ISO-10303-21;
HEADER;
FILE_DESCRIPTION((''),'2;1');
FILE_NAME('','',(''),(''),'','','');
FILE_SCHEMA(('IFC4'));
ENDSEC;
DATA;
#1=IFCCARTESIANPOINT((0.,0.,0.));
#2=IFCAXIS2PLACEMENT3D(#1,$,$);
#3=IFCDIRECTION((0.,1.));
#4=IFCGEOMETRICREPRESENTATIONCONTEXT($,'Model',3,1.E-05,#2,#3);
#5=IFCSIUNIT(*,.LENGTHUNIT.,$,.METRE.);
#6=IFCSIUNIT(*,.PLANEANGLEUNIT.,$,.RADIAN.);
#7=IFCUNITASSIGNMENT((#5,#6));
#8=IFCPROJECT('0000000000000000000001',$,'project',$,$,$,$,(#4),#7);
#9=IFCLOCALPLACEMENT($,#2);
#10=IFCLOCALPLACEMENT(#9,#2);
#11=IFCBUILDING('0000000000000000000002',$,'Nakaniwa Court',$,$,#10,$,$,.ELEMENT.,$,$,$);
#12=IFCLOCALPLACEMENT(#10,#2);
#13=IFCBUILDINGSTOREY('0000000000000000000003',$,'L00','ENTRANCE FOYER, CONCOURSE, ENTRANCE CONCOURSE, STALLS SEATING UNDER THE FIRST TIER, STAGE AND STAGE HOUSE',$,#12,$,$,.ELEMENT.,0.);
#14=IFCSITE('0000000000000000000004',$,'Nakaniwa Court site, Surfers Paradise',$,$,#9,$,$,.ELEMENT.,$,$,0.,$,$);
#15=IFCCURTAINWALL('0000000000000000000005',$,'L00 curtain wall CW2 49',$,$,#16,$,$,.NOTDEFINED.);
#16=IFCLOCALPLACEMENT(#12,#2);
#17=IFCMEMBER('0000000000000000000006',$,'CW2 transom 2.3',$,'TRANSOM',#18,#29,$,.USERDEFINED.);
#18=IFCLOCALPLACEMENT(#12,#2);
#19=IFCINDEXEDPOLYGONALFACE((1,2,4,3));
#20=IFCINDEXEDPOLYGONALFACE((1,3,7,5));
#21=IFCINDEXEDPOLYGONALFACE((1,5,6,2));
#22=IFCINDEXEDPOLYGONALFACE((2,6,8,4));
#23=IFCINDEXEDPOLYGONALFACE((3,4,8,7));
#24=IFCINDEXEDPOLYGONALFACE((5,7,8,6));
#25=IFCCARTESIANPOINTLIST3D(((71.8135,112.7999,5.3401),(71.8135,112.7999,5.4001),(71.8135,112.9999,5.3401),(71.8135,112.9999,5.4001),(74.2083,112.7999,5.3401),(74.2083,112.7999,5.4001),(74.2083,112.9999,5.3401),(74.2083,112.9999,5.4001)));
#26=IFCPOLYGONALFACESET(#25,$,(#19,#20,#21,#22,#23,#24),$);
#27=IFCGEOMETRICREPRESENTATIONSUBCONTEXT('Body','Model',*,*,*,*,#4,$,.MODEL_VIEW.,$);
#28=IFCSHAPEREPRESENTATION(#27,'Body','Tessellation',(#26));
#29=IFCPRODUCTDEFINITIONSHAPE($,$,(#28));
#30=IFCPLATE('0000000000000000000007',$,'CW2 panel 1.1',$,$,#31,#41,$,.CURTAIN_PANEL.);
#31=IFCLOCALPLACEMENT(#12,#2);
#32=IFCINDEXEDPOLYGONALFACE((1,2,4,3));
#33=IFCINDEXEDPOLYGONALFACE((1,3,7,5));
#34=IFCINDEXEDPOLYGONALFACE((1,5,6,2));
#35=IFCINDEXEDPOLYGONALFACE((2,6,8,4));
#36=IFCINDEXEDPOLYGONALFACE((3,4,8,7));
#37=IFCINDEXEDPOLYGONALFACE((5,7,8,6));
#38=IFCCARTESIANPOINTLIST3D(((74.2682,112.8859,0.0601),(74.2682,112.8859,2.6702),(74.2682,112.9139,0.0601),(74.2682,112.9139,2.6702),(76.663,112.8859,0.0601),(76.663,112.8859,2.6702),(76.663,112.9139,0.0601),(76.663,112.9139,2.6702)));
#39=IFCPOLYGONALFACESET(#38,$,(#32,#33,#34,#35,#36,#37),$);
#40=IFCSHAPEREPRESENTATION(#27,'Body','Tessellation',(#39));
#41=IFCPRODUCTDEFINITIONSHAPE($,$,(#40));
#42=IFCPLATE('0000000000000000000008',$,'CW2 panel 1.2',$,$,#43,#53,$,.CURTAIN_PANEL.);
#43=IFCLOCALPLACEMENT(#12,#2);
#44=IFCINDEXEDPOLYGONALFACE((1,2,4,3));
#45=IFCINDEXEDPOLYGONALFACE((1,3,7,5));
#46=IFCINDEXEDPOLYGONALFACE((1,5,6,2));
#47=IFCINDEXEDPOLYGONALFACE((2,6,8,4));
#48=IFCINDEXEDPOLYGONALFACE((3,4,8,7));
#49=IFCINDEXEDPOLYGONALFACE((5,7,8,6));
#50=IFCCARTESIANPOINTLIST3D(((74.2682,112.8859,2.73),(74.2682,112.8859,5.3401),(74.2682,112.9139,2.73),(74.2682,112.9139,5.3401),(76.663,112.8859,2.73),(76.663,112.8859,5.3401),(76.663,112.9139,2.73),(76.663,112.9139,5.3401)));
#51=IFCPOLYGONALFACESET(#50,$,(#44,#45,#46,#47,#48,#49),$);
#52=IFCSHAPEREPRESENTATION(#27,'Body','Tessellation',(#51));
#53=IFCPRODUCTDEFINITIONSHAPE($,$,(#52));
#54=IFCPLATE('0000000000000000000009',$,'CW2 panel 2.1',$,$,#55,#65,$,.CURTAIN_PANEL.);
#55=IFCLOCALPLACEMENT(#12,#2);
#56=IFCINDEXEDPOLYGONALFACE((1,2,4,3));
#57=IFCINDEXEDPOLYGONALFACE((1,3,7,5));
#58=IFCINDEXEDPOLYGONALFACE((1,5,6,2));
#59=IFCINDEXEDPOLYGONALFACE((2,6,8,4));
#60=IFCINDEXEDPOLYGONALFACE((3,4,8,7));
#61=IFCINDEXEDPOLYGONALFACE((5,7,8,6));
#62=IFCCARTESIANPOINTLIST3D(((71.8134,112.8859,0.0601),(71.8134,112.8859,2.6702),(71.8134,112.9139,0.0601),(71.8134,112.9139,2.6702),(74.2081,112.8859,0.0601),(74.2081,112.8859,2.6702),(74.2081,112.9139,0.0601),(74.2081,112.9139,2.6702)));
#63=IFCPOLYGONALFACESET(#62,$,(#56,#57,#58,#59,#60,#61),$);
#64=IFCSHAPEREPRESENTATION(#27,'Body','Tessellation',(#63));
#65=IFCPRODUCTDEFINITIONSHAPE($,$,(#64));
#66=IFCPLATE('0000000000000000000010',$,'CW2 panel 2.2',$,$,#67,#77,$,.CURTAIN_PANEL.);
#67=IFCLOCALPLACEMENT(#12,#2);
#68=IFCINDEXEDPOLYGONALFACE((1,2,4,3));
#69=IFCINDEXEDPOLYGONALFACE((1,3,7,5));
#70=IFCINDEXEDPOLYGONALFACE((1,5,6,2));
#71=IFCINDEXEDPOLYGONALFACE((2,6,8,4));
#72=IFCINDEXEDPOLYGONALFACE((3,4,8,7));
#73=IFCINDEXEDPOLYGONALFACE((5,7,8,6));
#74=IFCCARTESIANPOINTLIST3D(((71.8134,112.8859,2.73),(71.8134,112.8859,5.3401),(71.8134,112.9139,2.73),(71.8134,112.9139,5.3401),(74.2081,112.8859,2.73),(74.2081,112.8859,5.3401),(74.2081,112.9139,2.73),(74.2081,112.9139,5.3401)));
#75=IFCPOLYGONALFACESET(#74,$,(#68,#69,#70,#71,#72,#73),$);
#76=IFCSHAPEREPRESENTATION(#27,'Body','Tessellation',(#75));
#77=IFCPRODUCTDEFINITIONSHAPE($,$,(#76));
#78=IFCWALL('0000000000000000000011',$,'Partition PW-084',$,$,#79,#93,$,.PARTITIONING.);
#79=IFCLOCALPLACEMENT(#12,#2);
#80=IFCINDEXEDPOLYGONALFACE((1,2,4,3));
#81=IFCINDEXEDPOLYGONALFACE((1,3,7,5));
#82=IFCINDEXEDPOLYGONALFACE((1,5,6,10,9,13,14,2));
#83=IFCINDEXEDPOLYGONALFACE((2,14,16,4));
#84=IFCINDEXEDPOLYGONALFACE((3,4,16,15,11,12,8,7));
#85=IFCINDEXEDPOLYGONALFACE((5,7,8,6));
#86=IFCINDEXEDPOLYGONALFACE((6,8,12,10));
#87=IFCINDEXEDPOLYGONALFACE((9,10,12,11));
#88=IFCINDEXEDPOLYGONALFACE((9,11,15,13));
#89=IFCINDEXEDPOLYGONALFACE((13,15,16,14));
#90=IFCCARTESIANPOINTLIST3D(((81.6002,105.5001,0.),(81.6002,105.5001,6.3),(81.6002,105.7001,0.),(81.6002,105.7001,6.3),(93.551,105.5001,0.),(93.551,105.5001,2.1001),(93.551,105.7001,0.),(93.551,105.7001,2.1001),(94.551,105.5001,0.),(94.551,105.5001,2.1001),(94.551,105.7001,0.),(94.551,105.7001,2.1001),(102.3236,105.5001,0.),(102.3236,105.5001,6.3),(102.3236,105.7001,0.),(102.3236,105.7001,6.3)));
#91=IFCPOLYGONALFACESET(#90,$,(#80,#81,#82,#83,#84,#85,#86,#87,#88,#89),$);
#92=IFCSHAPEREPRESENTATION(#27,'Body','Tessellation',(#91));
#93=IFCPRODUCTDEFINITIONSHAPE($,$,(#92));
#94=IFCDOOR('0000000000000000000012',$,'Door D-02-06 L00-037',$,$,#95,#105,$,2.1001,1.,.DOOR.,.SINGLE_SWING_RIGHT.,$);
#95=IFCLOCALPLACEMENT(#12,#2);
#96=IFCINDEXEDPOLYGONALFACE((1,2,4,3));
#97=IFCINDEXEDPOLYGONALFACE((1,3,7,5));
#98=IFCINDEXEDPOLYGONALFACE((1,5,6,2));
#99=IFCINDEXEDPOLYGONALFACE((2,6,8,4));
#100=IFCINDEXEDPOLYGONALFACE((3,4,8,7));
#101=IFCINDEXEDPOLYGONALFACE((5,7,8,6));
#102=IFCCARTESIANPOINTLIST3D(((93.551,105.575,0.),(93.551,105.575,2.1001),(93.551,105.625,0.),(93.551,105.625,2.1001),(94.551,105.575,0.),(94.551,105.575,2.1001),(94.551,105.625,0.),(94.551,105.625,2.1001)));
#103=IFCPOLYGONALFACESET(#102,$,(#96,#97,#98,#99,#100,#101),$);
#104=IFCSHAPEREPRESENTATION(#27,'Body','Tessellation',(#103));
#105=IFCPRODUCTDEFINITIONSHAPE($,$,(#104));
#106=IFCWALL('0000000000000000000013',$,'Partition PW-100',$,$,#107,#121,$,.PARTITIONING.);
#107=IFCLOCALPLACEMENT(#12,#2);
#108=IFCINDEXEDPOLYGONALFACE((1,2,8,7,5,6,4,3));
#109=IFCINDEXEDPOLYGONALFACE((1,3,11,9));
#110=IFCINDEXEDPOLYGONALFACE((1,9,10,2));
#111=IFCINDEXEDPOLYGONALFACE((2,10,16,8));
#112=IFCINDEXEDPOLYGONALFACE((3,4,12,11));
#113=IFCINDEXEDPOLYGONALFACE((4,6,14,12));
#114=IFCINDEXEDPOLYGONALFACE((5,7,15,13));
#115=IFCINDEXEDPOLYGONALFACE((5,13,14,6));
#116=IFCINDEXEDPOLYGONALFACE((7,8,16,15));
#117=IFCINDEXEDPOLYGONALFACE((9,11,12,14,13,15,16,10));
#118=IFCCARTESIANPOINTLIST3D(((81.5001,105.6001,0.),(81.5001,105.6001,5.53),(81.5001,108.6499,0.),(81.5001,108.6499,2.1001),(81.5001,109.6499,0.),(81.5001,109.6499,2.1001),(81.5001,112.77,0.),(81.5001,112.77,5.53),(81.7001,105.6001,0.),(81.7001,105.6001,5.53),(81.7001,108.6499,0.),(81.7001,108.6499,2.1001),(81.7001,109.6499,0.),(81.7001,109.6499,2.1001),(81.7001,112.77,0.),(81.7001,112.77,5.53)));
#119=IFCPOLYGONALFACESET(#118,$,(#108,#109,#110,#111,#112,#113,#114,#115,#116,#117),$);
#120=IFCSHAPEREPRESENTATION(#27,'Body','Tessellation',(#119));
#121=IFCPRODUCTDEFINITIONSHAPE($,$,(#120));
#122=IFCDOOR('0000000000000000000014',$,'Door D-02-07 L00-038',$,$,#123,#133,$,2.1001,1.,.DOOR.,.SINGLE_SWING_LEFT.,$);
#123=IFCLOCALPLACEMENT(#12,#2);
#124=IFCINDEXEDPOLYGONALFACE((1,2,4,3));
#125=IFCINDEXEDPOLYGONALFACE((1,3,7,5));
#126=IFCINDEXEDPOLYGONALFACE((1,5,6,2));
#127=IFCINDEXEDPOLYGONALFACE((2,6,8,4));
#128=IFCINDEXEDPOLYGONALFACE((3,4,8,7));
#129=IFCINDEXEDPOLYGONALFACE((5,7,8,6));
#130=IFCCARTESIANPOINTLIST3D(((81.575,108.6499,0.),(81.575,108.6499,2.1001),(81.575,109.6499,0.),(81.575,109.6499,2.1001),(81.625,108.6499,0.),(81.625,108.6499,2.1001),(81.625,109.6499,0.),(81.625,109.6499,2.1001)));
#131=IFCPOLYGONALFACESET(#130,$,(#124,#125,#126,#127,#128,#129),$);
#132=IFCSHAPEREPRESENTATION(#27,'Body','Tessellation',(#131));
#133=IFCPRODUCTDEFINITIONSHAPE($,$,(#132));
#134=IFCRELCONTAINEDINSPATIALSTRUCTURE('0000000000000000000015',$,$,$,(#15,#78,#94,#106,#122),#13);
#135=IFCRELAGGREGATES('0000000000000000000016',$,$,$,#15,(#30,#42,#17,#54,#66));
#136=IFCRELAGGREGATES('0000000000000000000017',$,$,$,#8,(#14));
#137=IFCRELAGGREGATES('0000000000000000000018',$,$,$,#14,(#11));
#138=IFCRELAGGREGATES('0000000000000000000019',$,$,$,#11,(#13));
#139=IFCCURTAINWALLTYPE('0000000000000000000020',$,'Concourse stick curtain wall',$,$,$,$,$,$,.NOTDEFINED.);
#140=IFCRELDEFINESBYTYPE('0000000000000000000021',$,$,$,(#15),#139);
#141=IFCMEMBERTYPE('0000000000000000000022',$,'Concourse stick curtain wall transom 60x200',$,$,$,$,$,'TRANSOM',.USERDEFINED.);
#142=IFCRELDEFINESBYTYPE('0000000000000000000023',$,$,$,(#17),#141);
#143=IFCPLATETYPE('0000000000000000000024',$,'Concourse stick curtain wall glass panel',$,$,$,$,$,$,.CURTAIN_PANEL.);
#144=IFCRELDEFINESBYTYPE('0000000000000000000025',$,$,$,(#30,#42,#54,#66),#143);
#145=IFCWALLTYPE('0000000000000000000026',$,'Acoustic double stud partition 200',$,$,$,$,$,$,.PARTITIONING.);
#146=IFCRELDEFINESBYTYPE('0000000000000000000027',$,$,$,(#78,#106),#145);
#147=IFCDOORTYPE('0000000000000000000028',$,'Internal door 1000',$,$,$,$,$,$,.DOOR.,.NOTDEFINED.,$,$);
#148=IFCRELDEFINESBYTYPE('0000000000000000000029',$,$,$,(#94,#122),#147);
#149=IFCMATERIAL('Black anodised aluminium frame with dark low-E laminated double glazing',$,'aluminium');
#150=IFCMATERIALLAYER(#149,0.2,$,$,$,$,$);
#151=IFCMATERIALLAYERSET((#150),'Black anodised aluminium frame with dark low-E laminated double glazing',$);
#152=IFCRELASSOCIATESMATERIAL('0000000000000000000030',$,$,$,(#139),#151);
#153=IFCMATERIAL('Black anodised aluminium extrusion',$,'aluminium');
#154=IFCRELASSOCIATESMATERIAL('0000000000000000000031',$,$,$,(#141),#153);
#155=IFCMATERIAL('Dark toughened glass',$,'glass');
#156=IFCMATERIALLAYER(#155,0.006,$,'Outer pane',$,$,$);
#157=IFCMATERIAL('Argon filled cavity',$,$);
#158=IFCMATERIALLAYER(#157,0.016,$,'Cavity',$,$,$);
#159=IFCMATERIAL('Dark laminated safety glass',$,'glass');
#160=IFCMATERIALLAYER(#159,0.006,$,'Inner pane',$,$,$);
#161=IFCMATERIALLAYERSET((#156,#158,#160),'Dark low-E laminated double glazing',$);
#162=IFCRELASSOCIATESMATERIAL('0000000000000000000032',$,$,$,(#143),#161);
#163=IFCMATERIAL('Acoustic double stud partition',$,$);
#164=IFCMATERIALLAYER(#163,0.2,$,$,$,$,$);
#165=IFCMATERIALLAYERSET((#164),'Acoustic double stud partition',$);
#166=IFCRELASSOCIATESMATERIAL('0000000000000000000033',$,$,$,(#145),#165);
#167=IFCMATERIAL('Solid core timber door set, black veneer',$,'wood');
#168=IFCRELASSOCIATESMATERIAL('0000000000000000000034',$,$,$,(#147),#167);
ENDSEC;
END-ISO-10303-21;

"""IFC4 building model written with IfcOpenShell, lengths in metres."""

from ifc_helpers import new_model, si_unit, direction, frame, frame_2d, origin, origin_2d, place, context, subcontext, project, spatial, rectangle, extrude, material, layer, layer_set, material_profile, profile_set, type_object, element, fill, aggregate, save


model = new_model("IFC4")

# Units and contexts
model_context = context("Model", 3, precision=1e-05, world=origin(), true_north=direction((0.0, 1.0)))
body_context = subcontext(model_context, "Body", "Model", "MODEL_VIEW")
ifc_project = project(units=[si_unit("LENGTHUNIT", "METRE"), si_unit("PLANEANGLEUNIT", "RADIAN")], contexts=[model_context])

# Site, building, storey
site_placement = place(None, origin())
site = spatial("IfcSite", under=ifc_project, at=site_placement, Name="Nakaniwa Court site, Surfers Paradise", CompositionType="ELEMENT", RefElevation=0.0)
building_placement = place(site_placement, origin())
building = spatial("IfcBuilding", under=site, at=building_placement, Name="Nakaniwa Court", CompositionType="ELEMENT")
storey_placement = place(building_placement, origin())
storey = spatial("IfcBuildingStorey", under=building, at=storey_placement, Name="L00", Description="ENTRANCE FOYER, CONCOURSE, ENTRANCE CONCOURSE, STALLS SEATING UNDER THE FIRST TIER, STAGE AND STAGE HOUSE", CompositionType="ELEMENT", Elevation=0.0)

# Curtain wall, member, plates
ifc_material_1 = material(Name="Black anodised aluminium frame with dark low-E laminated double glazing", Category="aluminium")
ifc_layer_1 = layer(ifc_material_1, 0.2)
ifc_layer_set_1 = layer_set([ifc_layer_1], Name="Black anodised aluminium frame with dark low-E laminated double glazing")
curtain_wall_type = type_object("IfcCurtainWallType", Name="Concourse stick curtain wall", PredefinedType="NOTDEFINED", material=ifc_layer_set_1)
curtain_wall_placement = place(storey_placement, origin())
curtain_wall = element("IfcCurtainWall", 1, at=curtain_wall_placement, inside=storey, type_object=curtain_wall_type, Name="L00 curtain wall CW2 49", PredefinedType="NOTDEFINED")
ifc_material_2 = material(Name="Black anodised aluminium extrusion", Category="aluminium")
ifc_material_profile_1 = material_profile(ifc_material_2, rectangle(XDim=0.2, YDim=0.0601, at=origin_2d()), Name="Concourse stick curtain wall transom 60x200")
ifc_profile_set_1 = profile_set([ifc_material_profile_1], Name="Black anodised aluminium extrusion")
member_type_1 = type_object("IfcMemberType", Name="Concourse stick curtain wall transom 60x200", ElementType="TRANSOM", PredefinedType="USERDEFINED", material=ifc_profile_set_1)
member_1_placement = place(storey_placement, frame((74.2083, 112.8999, 5.3701), z_axis=(-1.0, 0.0, 0.0), x_axis=(0.0, -1.0, 0.0)))
member_1 = element("IfcMember", 2, at=member_1_placement, type_object=member_type_1, Name="CW2 transom 2.3", ObjectType="TRANSOM", PredefinedType="USERDEFINED", context=body_context, shape_type="SweptSolid", body=[
    extrude(rectangle(XDim=0.2, YDim=0.0601, at=origin_2d()), origin(), (0.0, 0.0, 1.0), 2.3948),
])
ifc_material_3 = material(Name="Dark toughened glass", Category="glass")
ifc_layer_2 = layer(ifc_material_3, 0.006, Name="Outer pane")
ifc_material_4 = material(Name="Argon filled cavity")
ifc_layer_3 = layer(ifc_material_4, 0.016, Name="Cavity")
ifc_material_5 = material(Name="Dark laminated safety glass", Category="glass")
ifc_layer_4 = layer(ifc_material_5, 0.006, Name="Inner pane")
ifc_layer_set_2 = layer_set([ifc_layer_2, ifc_layer_3, ifc_layer_4], Name="Dark low-E laminated double glazing")
plate_type = type_object("IfcPlateType", Name="Concourse stick curtain wall glass panel", PredefinedType="CURTAIN_PANEL", material=ifc_layer_set_2)
plate_1_placement = place(storey_placement, frame((75.4656, 112.8999, 0.0601), z_axis=(0.0, 0.0, 1.0), x_axis=(-1.0, 0.0, 0.0)))
plate_1 = element("IfcPlate", 3, at=plate_1_placement, type_object=plate_type, Name="CW2 panel 1.1", PredefinedType="CURTAIN_PANEL", context=body_context, shape_type="SweptSolid", body=[
    extrude(rectangle(XDim=2.3948, YDim=0.0281, at=origin_2d()), origin(), (0.0, 0.0, 1.0), 2.6101),
])
plate_2_placement = place(storey_placement, frame((75.4656, 112.8999, 2.73), z_axis=(0.0, 0.0, 1.0), x_axis=(-1.0, 0.0, 0.0)))
plate_2 = element("IfcPlate", 4, at=plate_2_placement, type_object=plate_type, Name="CW2 panel 1.2", PredefinedType="CURTAIN_PANEL", context=body_context, shape_type="SweptSolid", body=[
    extrude(rectangle(XDim=2.3948, YDim=0.0281, at=origin_2d()), origin(), (0.0, 0.0, 1.0), 2.6101),
])
plate_3_placement = place(storey_placement, frame((73.0107, 112.8999, 0.0601), z_axis=(0.0, 0.0, 1.0), x_axis=(-1.0, 0.0, 0.0)))
plate_3 = element("IfcPlate", 5, at=plate_3_placement, type_object=plate_type, Name="CW2 panel 2.1", PredefinedType="CURTAIN_PANEL", context=body_context, shape_type="SweptSolid", body=[
    extrude(rectangle(XDim=2.3948, YDim=0.0281, at=origin_2d()), origin(), (0.0, 0.0, 1.0), 2.6101),
])
plate_4_placement = place(storey_placement, frame((73.0107, 112.8999, 2.73), z_axis=(0.0, 0.0, 1.0), x_axis=(-1.0, 0.0, 0.0)))
plate_4 = element("IfcPlate", 6, at=plate_4_placement, type_object=plate_type, Name="CW2 panel 2.2", PredefinedType="CURTAIN_PANEL", context=body_context, shape_type="SweptSolid", body=[
    extrude(rectangle(XDim=2.3948, YDim=0.0281, at=origin_2d()), origin(), (0.0, 0.0, 1.0), 2.6101),
])
aggregate(curtain_wall, [plate_1, plate_2, member_1, plate_3, plate_4])

# Walls, openings, doors
ifc_material_6 = material(Name="Acoustic double stud partition")
ifc_layer_5 = layer(ifc_material_6, 0.2)
ifc_layer_set_3 = layer_set([ifc_layer_5], Name="Acoustic double stud partition")
wall_type = type_object("IfcWallType", Name="Acoustic double stud partition 200", PredefinedType="PARTITIONING", material=ifc_layer_set_3)
wall_1_placement = place(storey_placement, frame((81.6001, 105.6001, 0.0), z_axis=(0.0, 0.0, 1.0), x_axis=(1.0, 0.0, 0.0)))
wall_1 = element("IfcWall", 7, at=wall_1_placement, inside=storey, type_object=wall_type, Name="Partition PW-084", PredefinedType="PARTITIONING", context=body_context, shape_type="SweptSolid", body=[
    extrude(rectangle(XDim=20.7234, YDim=0.2, at=frame_2d((10.3618, 0.0))), origin(), (0.0, 0.0, 1.0), 6.3),
])
opening_1_placement = place(wall_1_placement, frame((11.9509, 0.0, 0.0)))
opening_1 = element("IfcOpeningElement", 8, at=opening_1_placement, cuts=wall_1, PredefinedType="OPENING", context=body_context, shape_type="SweptSolid", body=[
    extrude(rectangle(XDim=1.0, YDim=2.1001, at=frame_2d((0.5, 1.05))), frame((0.0, 0.1099, 0.0), z_axis=(0.0, -1.0, 0.0), x_axis=(1.0, 0.0, 0.0)), (0.0, 0.0, 1.0), 0.22),
])
ifc_material_7 = material(Name="Solid core timber door set, black veneer", Category="wood")
door_type = type_object("IfcDoorType", Name="Internal door 1000", OperationType="NOTDEFINED", PredefinedType="DOOR", material=ifc_material_7)
door_1_placement = place(opening_1_placement, origin())
door_1 = element("IfcDoor", 9, at=door_1_placement, inside=storey, type_object=door_type, Name="Door D-02-06 L00-037", OperationType="SINGLE_SWING_RIGHT", OverallHeight=2.1001, OverallWidth=1.0, PredefinedType="DOOR", context=body_context, shape_type="SweptSolid", body=[
    extrude(rectangle(XDim=1.0, YDim=2.1001, at=frame_2d((0.5, 1.05))), frame((0.0, 0.0249, 0.0), z_axis=(0.0, -1.0, 0.0), x_axis=(1.0, 0.0, 0.0)), (0.0, 0.0, 1.0), 0.05),
])
fill(opening_1, door_1)
wall_2_placement = place(storey_placement, frame((81.6001, 112.77, 0.0), z_axis=(0.0, 0.0, 1.0), x_axis=(0.0, -1.0, 0.0)))
wall_2 = element("IfcWall", 10, at=wall_2_placement, inside=storey, type_object=wall_type, Name="Partition PW-100", PredefinedType="PARTITIONING", context=body_context, shape_type="SweptSolid", body=[
    extrude(rectangle(XDim=7.1699, YDim=0.2, at=frame_2d((3.585, 0.0))), origin(), (0.0, 0.0, 1.0), 5.53),
])
opening_2_placement = place(wall_2_placement, frame((3.1201, 0.0, 0.0)))
opening_2 = element("IfcOpeningElement", 11, at=opening_2_placement, cuts=wall_2, PredefinedType="OPENING", context=body_context, shape_type="SweptSolid", body=[
    extrude(rectangle(XDim=1.0, YDim=2.1001, at=frame_2d((0.5, 1.05))), frame((0.0, 0.1099, 0.0), z_axis=(0.0, -1.0, 0.0), x_axis=(1.0, 0.0, 0.0)), (0.0, 0.0, 1.0), 0.22),
])
door_2_placement = place(opening_2_placement, origin())
door_2 = element("IfcDoor", 12, at=door_2_placement, inside=storey, type_object=door_type, Name="Door D-02-07 L00-038", OperationType="SINGLE_SWING_LEFT", OverallHeight=2.1001, OverallWidth=1.0, PredefinedType="DOOR", context=body_context, shape_type="SweptSolid", body=[
    extrude(rectangle(XDim=1.0, YDim=2.1001, at=frame_2d((0.5, 1.05))), frame((0.0, 0.0249, 0.0), z_axis=(0.0, -1.0, 0.0), x_axis=(1.0, 0.0, 0.0)), (0.0, 0.0, 1.0), 0.05),
])
fill(opening_2, door_2)

save(model, "model.ifc")
